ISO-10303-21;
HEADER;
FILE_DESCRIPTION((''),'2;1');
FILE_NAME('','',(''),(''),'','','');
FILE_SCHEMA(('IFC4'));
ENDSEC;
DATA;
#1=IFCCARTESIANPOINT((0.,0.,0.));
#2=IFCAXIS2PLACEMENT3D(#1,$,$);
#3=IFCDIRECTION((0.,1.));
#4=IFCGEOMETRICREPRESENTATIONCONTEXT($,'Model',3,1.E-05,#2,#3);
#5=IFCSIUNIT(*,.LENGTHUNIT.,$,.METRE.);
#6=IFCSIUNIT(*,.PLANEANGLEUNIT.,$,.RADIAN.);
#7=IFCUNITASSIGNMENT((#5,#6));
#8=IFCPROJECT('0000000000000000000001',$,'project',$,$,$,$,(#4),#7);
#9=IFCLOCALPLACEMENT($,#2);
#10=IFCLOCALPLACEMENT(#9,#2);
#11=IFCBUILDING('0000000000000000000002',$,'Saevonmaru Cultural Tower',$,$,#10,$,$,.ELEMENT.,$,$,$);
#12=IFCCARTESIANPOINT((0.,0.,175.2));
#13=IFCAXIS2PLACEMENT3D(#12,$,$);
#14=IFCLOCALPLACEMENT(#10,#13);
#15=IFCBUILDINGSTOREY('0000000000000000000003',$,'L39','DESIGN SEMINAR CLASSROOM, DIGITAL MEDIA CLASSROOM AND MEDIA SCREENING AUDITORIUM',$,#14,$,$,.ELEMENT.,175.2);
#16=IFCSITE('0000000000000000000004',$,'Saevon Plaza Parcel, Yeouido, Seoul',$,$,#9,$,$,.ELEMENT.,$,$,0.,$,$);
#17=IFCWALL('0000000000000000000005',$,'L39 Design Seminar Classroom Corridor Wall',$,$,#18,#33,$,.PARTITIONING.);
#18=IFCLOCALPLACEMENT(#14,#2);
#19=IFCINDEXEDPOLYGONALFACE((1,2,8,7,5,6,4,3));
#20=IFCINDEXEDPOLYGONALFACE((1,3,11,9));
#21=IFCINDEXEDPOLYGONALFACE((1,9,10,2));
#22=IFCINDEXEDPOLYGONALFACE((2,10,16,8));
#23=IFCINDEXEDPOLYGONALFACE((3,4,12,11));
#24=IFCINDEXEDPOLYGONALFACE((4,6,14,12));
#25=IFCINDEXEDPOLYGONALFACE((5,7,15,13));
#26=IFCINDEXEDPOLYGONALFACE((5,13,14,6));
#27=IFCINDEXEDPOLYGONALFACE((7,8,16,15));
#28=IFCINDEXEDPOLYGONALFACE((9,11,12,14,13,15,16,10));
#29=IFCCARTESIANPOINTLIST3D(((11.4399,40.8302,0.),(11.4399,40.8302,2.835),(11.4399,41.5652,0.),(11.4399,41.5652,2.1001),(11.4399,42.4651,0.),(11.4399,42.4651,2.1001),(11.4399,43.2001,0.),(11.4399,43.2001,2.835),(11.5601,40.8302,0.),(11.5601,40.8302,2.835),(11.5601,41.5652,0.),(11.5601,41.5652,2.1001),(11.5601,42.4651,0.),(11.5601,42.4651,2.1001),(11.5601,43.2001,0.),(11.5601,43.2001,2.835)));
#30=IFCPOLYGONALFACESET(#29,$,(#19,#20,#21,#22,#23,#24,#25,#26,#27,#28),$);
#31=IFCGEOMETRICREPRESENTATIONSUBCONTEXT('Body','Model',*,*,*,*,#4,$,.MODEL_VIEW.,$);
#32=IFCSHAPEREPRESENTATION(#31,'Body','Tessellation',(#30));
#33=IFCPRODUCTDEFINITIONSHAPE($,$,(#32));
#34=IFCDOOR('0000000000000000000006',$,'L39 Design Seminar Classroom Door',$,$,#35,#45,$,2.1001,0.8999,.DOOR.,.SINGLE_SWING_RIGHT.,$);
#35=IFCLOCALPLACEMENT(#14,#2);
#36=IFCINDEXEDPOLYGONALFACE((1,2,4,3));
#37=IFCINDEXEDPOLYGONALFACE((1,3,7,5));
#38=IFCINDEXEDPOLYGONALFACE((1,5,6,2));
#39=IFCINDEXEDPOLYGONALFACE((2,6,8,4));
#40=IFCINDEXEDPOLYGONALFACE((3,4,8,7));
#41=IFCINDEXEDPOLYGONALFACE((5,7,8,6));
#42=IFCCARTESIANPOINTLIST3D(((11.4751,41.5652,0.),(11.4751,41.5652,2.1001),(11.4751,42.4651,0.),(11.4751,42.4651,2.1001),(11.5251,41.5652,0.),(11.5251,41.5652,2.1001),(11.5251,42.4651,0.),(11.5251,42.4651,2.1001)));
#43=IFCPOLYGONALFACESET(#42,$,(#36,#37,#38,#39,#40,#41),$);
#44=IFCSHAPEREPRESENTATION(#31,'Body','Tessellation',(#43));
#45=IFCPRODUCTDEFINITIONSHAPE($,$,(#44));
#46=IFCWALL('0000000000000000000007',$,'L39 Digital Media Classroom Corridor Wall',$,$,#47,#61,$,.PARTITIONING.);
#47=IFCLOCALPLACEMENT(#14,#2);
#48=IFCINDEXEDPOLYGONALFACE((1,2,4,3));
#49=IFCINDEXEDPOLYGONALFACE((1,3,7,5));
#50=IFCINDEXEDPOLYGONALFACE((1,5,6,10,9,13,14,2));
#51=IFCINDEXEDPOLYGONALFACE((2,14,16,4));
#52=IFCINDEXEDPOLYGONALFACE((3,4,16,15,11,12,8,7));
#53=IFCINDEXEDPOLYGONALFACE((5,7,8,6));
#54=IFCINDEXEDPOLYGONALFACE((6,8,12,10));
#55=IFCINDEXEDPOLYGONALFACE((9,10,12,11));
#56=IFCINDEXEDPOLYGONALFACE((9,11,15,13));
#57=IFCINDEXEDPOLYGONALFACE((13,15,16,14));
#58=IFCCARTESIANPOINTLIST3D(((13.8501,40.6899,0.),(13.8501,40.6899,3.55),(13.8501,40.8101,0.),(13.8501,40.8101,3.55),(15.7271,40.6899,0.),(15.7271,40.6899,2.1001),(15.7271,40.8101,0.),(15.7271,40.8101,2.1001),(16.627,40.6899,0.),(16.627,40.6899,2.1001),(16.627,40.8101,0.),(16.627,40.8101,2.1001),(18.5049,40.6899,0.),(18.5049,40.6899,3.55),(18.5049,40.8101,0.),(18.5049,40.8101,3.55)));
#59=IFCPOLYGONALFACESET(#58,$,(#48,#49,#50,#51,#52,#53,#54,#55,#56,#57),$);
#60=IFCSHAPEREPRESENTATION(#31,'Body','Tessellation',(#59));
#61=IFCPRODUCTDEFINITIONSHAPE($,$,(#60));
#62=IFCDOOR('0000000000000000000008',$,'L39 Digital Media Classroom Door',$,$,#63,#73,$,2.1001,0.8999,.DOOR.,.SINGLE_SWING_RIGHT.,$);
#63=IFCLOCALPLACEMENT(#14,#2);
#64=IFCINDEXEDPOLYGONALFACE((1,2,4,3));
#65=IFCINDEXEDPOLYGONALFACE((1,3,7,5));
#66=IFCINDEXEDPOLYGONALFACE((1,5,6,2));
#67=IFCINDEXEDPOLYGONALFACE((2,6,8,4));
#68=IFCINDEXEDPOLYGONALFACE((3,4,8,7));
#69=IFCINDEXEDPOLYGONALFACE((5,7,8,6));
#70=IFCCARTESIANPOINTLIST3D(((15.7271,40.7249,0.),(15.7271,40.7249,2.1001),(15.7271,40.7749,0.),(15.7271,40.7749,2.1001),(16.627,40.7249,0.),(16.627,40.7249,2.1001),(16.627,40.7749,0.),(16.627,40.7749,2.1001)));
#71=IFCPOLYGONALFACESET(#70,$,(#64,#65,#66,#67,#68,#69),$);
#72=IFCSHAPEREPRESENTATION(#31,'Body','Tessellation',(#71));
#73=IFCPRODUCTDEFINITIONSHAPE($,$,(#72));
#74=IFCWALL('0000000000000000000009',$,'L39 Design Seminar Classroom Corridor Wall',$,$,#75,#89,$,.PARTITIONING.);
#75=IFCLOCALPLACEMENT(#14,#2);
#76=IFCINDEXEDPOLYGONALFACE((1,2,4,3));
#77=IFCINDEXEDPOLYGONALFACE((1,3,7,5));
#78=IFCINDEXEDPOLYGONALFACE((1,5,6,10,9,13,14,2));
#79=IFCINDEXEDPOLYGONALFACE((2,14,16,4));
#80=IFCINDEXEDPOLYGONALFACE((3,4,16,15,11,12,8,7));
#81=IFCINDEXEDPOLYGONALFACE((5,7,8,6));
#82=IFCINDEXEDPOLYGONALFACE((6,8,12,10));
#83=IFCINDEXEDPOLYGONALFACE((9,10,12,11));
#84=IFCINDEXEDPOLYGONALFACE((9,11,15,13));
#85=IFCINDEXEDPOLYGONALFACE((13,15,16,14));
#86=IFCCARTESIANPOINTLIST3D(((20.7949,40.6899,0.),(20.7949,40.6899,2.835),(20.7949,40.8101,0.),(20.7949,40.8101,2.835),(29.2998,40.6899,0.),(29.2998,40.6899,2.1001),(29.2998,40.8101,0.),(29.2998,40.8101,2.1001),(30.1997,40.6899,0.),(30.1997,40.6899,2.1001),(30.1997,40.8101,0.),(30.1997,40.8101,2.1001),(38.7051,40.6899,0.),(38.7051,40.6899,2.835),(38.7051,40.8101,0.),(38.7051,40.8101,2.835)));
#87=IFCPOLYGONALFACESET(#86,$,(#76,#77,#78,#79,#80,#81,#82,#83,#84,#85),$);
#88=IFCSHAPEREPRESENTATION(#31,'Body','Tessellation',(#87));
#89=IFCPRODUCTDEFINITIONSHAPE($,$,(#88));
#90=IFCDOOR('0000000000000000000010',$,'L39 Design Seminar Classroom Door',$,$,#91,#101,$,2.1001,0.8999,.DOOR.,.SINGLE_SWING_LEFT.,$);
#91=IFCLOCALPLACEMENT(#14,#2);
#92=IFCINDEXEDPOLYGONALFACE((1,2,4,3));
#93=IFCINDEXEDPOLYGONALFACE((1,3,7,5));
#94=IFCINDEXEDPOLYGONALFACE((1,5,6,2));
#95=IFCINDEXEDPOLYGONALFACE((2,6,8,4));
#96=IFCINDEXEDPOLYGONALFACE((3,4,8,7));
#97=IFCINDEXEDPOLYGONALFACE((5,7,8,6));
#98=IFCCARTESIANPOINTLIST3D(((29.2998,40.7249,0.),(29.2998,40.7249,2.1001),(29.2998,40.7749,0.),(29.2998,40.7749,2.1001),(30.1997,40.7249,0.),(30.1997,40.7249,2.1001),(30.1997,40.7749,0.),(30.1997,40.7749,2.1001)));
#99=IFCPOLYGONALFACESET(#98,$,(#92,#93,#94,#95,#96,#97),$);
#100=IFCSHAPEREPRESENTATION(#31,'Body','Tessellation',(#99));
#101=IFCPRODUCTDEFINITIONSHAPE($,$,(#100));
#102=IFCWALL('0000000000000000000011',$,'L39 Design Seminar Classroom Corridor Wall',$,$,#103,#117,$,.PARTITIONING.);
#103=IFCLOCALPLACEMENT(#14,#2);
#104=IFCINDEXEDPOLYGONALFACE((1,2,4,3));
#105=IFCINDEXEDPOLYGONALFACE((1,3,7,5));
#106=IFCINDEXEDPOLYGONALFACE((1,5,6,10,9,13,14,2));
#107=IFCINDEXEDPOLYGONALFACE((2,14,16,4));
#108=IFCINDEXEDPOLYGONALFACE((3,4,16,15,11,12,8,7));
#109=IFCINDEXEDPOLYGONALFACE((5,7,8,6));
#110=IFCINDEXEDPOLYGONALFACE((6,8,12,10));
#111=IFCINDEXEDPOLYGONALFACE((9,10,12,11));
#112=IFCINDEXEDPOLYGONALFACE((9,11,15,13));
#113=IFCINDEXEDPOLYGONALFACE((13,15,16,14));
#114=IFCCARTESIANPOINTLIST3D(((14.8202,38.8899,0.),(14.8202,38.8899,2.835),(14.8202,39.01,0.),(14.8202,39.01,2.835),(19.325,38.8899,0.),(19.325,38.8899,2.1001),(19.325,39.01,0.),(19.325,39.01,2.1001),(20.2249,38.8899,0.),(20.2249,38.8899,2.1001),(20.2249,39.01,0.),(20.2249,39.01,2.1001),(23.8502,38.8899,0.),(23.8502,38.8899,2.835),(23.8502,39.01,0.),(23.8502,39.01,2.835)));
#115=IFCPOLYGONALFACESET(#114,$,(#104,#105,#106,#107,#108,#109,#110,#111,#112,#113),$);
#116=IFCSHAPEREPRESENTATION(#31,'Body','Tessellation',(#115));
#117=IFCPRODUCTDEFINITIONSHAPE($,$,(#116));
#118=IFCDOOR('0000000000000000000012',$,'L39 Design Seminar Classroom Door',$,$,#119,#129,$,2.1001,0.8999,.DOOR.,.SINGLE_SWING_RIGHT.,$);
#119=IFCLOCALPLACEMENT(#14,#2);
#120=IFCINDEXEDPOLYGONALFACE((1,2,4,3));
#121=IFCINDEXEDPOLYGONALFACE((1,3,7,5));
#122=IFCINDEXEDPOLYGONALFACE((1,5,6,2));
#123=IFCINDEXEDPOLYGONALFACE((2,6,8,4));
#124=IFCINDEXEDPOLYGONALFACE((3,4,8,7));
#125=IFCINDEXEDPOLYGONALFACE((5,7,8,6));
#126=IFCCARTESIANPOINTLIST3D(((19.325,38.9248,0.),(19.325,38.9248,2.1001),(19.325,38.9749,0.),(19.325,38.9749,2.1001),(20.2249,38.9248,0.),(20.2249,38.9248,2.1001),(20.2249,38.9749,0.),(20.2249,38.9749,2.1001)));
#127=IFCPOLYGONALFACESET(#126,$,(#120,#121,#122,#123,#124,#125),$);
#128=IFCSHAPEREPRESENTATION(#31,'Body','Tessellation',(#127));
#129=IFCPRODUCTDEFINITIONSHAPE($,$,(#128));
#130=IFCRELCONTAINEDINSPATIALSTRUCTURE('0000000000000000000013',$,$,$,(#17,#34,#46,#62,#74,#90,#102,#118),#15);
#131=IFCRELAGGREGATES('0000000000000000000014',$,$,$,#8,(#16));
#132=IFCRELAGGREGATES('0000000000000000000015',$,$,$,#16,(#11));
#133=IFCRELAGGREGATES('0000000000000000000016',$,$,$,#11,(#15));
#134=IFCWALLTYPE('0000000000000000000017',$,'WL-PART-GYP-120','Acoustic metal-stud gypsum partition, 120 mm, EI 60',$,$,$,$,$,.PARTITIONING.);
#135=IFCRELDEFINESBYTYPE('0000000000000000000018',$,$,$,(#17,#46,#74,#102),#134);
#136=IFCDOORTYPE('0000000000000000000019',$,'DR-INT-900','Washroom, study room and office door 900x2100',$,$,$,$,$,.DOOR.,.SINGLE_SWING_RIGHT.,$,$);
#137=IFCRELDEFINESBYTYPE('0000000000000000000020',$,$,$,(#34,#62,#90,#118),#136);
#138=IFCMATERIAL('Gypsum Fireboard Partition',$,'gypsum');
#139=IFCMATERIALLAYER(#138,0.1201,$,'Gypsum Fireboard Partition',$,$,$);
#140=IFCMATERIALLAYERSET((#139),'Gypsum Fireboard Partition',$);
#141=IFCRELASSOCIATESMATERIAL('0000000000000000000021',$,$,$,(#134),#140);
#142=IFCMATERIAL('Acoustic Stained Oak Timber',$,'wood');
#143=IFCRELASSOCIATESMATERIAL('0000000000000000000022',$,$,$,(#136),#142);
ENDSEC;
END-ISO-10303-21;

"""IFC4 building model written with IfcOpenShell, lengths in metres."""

from ifc_helpers import new_model, si_unit, direction, frame, frame_2d, origin, place, context, subcontext, project, spatial, rectangle, extrude, material, layer, layer_set, type_object, element, fill, save


model = new_model("IFC4")

# Units and contexts
model_context = context("Model", 3, precision=1e-05, world=origin(), true_north=direction((0.0, 1.0)))
body_context = subcontext(model_context, "Body", "Model", "MODEL_VIEW")
ifc_project = project(units=[si_unit("LENGTHUNIT", "METRE"), si_unit("PLANEANGLEUNIT", "RADIAN")], contexts=[model_context])

# Site, building, storey
site_placement = place(None, origin())
site = spatial("IfcSite", under=ifc_project, at=site_placement, Name="Saevon Plaza Parcel, Yeouido, Seoul", CompositionType="ELEMENT", RefElevation=0.0)
building_placement = place(site_placement, origin())
building = spatial("IfcBuilding", under=site, at=building_placement, Name="Saevonmaru Cultural Tower", CompositionType="ELEMENT")
storey_placement = place(building_placement, frame((0.0, 0.0, 175.2)))
storey = spatial("IfcBuildingStorey", under=building, at=storey_placement, Name="L39", Description="DESIGN SEMINAR CLASSROOM, DIGITAL MEDIA CLASSROOM AND MEDIA SCREENING AUDITORIUM", CompositionType="ELEMENT", Elevation=175.2)

# Shared definitions
ifc_material_1 = material(Name="Gypsum Fireboard Partition", Category="gypsum")
ifc_layer_1 = layer(ifc_material_1, 0.1201, Name="Gypsum Fireboard Partition")
ifc_layer_set_1 = layer_set([ifc_layer_1], Name="Gypsum Fireboard Partition")
wall_type_1 = type_object("IfcWallType", Name="WL-PART-GYP-120", Description="Acoustic metal-stud gypsum partition, 120 mm, EI 60", PredefinedType="PARTITIONING", material=ifc_layer_set_1)

# Walls, openings, doors
wall_1_placement = place(storey_placement, frame((11.5, 40.8301, 0.0), z_axis=(0.0, 0.0, 1.0), x_axis=(0.0, 1.0, 0.0)))
wall_1 = element("IfcWall", 1, at=wall_1_placement, inside=storey, type_object=wall_type_1, Name="L39 Design Seminar Classroom Corridor Wall", PredefinedType="PARTITIONING", context=body_context, shape_type="SweptSolid", body=[
    extrude(rectangle(XDim=2.3699, YDim=0.1201, at=frame_2d((1.1851, 0.0))), origin(), (0.0, 0.0, 1.0), 2.835),
])
opening_1_placement = place(wall_1_placement, frame((0.7351, 0.0, 0.0)))
opening_1 = element("IfcOpeningElement", 2, at=opening_1_placement, cuts=wall_1, PredefinedType="OPENING", context=body_context, shape_type="SweptSolid", body=[
    extrude(rectangle(XDim=0.8999, YDim=2.1001, at=frame_2d((0.45, 1.05))), frame((0.0, 0.0701, 0.0), z_axis=(0.0, -1.0, 0.0), x_axis=(1.0, 0.0, 0.0)), (0.0, 0.0, 1.0), 0.1401),
])
ifc_material_2 = material(Name="Acoustic Stained Oak Timber", Category="wood")
door_type = type_object("IfcDoorType", Name="DR-INT-900", Description="Washroom, study room and office door 900x2100", OperationType="SINGLE_SWING_RIGHT", PredefinedType="DOOR", material=ifc_material_2)
door_1_placement = place(opening_1_placement, origin())
door_1 = element("IfcDoor", 3, at=door_1_placement, inside=storey, type_object=door_type, Name="L39 Design Seminar Classroom Door", OperationType="SINGLE_SWING_RIGHT", OverallHeight=2.1001, OverallWidth=0.8999, PredefinedType="DOOR", context=body_context, shape_type="SweptSolid", body=[
    extrude(rectangle(XDim=0.8999, YDim=2.1001, at=frame_2d((0.45, 1.05))), frame((0.0, 0.0249, 0.0), z_axis=(0.0, -1.0, 0.0), x_axis=(1.0, 0.0, 0.0)), (0.0, 0.0, 1.0), 0.05),
])
fill(opening_1, door_1)
wall_2_placement = place(storey_placement, frame((13.8501, 40.75, 0.0), z_axis=(0.0, 0.0, 1.0), x_axis=(1.0, 0.0, 0.0)))
wall_2 = element("IfcWall", 4, at=wall_2_placement, inside=storey, type_object=wall_type_1, Name="L39 Digital Media Classroom Corridor Wall", PredefinedType="PARTITIONING", context=body_context, shape_type="SweptSolid", body=[
    extrude(rectangle(XDim=4.6548, YDim=0.1201, at=frame_2d((2.3274, 0.0))), origin(), (0.0, 0.0, 1.0), 3.55),
])
opening_2_placement = place(wall_2_placement, frame((1.877, 0.0, 0.0)))
opening_2 = element("IfcOpeningElement", 5, at=opening_2_placement, cuts=wall_2, PredefinedType="OPENING", context=body_context, shape_type="SweptSolid", body=[
    extrude(rectangle(XDim=0.8999, YDim=2.1001, at=frame_2d((0.45, 1.05))), frame((0.0, 0.0701, 0.0), z_axis=(0.0, -1.0, 0.0), x_axis=(1.0, 0.0, 0.0)), (0.0, 0.0, 1.0), 0.1401),
])
door_2_placement = place(opening_2_placement, origin())
door_2 = element("IfcDoor", 6, at=door_2_placement, inside=storey, type_object=door_type, Name="L39 Digital Media Classroom Door", OperationType="SINGLE_SWING_RIGHT", OverallHeight=2.1001, OverallWidth=0.8999, PredefinedType="DOOR", context=body_context, shape_type="SweptSolid", body=[
    extrude(rectangle(XDim=0.8999, YDim=2.1001, at=frame_2d((0.45, 1.05))), frame((0.0, 0.0249, 0.0), z_axis=(0.0, -1.0, 0.0), x_axis=(1.0, 0.0, 0.0)), (0.0, 0.0, 1.0), 0.05),
])
fill(opening_2, door_2)
wall_3_placement = place(storey_placement, frame((20.7949, 40.75, 0.0), z_axis=(0.0, 0.0, 1.0), x_axis=(1.0, 0.0, 0.0)))
wall_3 = element("IfcWall", 7, at=wall_3_placement, inside=storey, type_object=wall_type_1, Name="L39 Design Seminar Classroom Corridor Wall", PredefinedType="PARTITIONING", context=body_context, shape_type="SweptSolid", body=[
    extrude(rectangle(XDim=17.9102, YDim=0.1201, at=frame_2d((8.9551, 0.0))), origin(), (0.0, 0.0, 1.0), 2.835),
])
opening_3_placement = place(wall_3_placement, frame((8.5049, 0.0, 0.0)))
opening_3 = element("IfcOpeningElement", 8, at=opening_3_placement, cuts=wall_3, PredefinedType="OPENING", context=body_context, shape_type="SweptSolid", body=[
    extrude(rectangle(XDim=0.8999, YDim=2.1001, at=frame_2d((0.45, 1.05))), frame((0.0, 0.0701, 0.0), z_axis=(0.0, -1.0, 0.0), x_axis=(1.0, 0.0, 0.0)), (0.0, 0.0, 1.0), 0.1401),
])
door_3_placement = place(opening_3_placement, origin())
door_3 = element("IfcDoor", 9, at=door_3_placement, inside=storey, type_object=door_type, Name="L39 Design Seminar Classroom Door", OperationType="SINGLE_SWING_LEFT", OverallHeight=2.1001, OverallWidth=0.8999, PredefinedType="DOOR", context=body_context, shape_type="SweptSolid", body=[
    extrude(rectangle(XDim=0.8999, YDim=2.1001, at=frame_2d((0.45, 1.05))), frame((0.0, 0.0249, 0.0), z_axis=(0.0, -1.0, 0.0), x_axis=(1.0, 0.0, 0.0)), (0.0, 0.0, 1.0), 0.05),
])
fill(opening_3, door_3)
wall_4_placement = place(storey_placement, frame((14.8201, 38.95, 0.0), z_axis=(0.0, 0.0, 1.0), x_axis=(1.0, 0.0, 0.0)))
wall_4 = element("IfcWall", 10, at=wall_4_placement, inside=storey, type_object=wall_type_1, Name="L39 Design Seminar Classroom Corridor Wall", PredefinedType="PARTITIONING", context=body_context, shape_type="SweptSolid", body=[
    extrude(rectangle(XDim=9.03, YDim=0.1201, at=frame_2d((4.5151, 0.0))), origin(), (0.0, 0.0, 1.0), 2.835),
])
opening_4_placement = place(wall_4_placement, frame((4.5049, 0.0, 0.0)))
opening_4 = element("IfcOpeningElement", 11, at=opening_4_placement, cuts=wall_4, PredefinedType="OPENING", context=body_context, shape_type="SweptSolid", body=[
    extrude(rectangle(XDim=0.8999, YDim=2.1001, at=frame_2d((0.45, 1.05))), frame((0.0, 0.0701, 0.0), z_axis=(0.0, -1.0, 0.0), x_axis=(1.0, 0.0, 0.0)), (0.0, 0.0, 1.0), 0.1401),
])
door_4_placement = place(opening_4_placement, origin())
door_4 = element("IfcDoor", 12, at=door_4_placement, inside=storey, type_object=door_type, Name="L39 Design Seminar Classroom Door", OperationType="SINGLE_SWING_RIGHT", OverallHeight=2.1001, OverallWidth=0.8999, PredefinedType="DOOR", context=body_context, shape_type="SweptSolid", body=[
    extrude(rectangle(XDim=0.8999, YDim=2.1001, at=frame_2d((0.45, 1.05))), frame((0.0, 0.0249, 0.0), z_axis=(0.0, -1.0, 0.0), x_axis=(1.0, 0.0, 0.0)), (0.0, 0.0, 1.0), 0.05),
])
fill(opening_4, door_4)

save(model, "model.ifc")
